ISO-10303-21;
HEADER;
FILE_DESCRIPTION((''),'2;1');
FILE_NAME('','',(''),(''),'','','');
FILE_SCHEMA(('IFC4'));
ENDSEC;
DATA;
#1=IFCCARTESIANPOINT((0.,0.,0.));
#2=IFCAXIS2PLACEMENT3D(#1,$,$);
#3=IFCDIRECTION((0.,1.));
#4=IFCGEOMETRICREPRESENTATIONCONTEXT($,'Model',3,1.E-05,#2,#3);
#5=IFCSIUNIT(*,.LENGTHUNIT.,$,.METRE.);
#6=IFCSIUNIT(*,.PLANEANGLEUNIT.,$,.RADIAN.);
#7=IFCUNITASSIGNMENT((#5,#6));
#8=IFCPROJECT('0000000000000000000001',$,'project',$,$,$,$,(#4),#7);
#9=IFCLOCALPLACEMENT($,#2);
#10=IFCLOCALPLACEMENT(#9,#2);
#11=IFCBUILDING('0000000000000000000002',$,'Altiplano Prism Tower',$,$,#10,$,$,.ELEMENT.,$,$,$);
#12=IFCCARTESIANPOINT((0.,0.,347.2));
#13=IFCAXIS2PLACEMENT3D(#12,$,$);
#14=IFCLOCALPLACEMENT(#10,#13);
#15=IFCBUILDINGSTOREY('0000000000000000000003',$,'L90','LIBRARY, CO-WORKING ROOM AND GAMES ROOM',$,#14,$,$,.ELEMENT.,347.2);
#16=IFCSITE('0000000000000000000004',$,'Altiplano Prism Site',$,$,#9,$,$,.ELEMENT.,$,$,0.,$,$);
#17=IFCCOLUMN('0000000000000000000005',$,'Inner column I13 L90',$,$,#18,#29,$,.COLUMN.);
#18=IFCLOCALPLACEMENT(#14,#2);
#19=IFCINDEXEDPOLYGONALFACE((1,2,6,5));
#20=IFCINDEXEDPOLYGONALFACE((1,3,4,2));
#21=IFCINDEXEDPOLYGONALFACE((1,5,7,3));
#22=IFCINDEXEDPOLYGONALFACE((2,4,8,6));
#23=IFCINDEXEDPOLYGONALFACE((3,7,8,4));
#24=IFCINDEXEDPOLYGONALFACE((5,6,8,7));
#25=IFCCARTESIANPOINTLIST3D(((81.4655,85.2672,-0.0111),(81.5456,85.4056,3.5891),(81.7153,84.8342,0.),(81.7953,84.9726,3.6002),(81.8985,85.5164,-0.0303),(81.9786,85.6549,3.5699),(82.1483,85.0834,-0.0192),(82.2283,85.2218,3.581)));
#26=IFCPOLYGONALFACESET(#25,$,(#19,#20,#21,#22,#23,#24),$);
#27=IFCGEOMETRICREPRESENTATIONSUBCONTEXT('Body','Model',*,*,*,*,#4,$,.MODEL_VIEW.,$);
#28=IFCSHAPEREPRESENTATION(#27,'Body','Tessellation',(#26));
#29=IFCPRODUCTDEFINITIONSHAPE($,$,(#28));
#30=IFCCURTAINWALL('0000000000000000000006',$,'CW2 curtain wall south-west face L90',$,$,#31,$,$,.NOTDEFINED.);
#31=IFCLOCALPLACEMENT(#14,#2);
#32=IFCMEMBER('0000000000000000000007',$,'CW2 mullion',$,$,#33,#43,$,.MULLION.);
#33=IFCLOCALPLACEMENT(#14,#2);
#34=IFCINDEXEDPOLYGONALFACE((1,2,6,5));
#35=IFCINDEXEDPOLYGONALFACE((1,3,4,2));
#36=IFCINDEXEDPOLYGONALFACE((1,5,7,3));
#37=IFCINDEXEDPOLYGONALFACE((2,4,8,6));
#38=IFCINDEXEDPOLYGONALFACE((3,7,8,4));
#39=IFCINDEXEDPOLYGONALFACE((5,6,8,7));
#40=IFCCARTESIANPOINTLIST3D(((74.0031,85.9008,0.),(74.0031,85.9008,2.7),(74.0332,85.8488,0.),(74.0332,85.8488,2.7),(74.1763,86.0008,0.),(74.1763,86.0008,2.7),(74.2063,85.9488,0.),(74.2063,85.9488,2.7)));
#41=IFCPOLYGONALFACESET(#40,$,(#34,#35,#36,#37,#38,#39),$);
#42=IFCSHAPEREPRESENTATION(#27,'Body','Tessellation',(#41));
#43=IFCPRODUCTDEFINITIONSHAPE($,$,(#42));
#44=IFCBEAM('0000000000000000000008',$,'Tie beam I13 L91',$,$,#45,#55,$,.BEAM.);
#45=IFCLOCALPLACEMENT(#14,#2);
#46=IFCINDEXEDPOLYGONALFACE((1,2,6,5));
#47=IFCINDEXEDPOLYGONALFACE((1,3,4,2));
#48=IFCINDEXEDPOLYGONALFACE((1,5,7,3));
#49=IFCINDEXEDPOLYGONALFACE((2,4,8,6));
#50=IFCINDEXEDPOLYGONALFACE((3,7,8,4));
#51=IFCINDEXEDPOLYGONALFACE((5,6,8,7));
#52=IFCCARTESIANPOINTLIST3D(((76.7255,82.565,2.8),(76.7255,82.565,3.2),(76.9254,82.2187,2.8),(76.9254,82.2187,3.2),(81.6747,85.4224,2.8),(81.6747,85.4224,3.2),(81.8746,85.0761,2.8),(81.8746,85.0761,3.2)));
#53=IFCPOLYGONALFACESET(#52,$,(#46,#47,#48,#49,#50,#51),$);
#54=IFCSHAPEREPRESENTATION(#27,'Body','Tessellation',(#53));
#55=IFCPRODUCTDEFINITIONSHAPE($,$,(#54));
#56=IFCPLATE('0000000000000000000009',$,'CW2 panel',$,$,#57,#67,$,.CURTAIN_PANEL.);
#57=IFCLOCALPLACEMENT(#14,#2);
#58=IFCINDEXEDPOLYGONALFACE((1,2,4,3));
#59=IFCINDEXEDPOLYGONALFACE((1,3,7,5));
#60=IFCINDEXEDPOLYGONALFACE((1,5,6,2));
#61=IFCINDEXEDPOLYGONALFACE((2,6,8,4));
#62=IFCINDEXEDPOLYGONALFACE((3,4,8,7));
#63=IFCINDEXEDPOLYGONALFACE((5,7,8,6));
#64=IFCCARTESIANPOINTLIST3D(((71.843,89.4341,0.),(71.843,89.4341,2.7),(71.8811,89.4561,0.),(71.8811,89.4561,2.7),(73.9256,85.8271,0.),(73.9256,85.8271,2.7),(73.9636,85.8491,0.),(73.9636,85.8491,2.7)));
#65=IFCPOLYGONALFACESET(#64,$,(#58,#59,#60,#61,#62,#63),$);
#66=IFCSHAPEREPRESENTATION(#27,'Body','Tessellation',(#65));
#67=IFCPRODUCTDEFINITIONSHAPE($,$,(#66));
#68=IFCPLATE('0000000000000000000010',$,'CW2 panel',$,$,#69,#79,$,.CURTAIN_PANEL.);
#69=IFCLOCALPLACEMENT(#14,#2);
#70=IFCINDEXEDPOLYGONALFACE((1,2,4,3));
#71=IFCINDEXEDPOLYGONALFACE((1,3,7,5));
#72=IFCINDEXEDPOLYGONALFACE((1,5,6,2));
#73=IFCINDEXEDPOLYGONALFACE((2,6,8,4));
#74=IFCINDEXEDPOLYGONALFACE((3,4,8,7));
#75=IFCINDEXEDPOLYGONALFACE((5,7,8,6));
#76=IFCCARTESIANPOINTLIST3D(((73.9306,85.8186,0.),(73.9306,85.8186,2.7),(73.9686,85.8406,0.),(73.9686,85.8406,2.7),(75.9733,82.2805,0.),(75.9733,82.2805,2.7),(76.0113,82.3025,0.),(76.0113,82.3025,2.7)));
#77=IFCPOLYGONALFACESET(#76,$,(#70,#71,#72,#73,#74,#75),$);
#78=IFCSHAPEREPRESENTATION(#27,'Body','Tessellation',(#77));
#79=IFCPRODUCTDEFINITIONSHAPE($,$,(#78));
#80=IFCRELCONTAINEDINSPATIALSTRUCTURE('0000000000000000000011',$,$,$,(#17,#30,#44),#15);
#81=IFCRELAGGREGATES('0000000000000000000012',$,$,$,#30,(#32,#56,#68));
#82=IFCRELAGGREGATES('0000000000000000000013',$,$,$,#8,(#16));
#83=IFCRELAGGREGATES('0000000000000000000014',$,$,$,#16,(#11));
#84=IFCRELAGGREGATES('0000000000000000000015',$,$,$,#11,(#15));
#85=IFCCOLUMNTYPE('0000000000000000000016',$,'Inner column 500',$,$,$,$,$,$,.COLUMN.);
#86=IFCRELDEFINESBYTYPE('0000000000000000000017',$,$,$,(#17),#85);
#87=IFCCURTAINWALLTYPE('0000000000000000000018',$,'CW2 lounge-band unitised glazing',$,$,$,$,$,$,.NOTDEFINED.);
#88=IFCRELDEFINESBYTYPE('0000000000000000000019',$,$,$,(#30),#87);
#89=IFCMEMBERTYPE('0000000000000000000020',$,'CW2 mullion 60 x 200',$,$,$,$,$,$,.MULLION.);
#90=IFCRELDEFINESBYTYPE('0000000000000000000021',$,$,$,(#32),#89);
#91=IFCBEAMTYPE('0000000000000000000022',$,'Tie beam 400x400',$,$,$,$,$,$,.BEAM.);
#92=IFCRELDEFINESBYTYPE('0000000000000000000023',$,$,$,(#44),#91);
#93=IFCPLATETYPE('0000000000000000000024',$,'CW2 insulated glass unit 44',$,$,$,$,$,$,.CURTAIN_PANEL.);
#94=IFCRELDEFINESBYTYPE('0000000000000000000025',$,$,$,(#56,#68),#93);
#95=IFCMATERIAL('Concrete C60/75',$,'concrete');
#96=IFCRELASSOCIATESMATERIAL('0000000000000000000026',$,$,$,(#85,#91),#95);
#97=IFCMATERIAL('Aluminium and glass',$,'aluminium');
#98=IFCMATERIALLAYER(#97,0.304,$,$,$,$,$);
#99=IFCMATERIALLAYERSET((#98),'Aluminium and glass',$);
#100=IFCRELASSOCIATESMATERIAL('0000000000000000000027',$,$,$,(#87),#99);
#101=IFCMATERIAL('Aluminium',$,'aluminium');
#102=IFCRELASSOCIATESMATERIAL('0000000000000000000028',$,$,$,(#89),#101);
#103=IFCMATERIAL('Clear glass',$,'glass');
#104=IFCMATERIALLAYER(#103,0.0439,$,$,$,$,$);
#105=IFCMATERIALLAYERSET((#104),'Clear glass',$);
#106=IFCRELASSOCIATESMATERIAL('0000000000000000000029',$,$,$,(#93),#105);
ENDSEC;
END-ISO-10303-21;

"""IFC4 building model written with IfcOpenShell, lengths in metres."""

from ifc_helpers import new_model, si_unit, direction, frame, origin, origin_2d, place, context, subcontext, project, spatial, rectangle, extrude, material, layer, layer_set, material_profile, profile_set, type_object, element, aggregate, save


model = new_model("IFC4")

# Units and contexts
model_context = context("Model", 3, precision=1e-05, world=origin(), true_north=direction((0.0, 1.0)))
body_context = subcontext(model_context, "Body", "Model", "MODEL_VIEW")
ifc_project = project(units=[si_unit("LENGTHUNIT", "METRE"), si_unit("PLANEANGLEUNIT", "RADIAN")], contexts=[model_context])

# Site, building, storey
site_placement = place(None, origin())
site = spatial("IfcSite", under=ifc_project, at=site_placement, Name="Altiplano Prism Site", CompositionType="ELEMENT", RefElevation=0.0)
building_placement = place(site_placement, origin())
building = spatial("IfcBuilding", under=site, at=building_placement, Name="Altiplano Prism Tower", CompositionType="ELEMENT")
storey_placement = place(building_placement, frame((0.0, 0.0, 347.2)))
storey = spatial("IfcBuildingStorey", under=building, at=storey_placement, Name="L90", Description="LIBRARY, CO-WORKING ROOM AND GAMES ROOM", CompositionType="ELEMENT", Elevation=347.2)

# Column
ifc_material_1 = material(Name="Concrete C60/75", Category="concrete")
ifc_material_profile_1 = material_profile(ifc_material_1, rectangle(XDim=0.5, YDim=0.5, at=origin_2d()), Name="Inner column 500")
ifc_profile_set_1 = profile_set([ifc_material_profile_1], Name="Concrete C60/75")
column_type = type_object("IfcColumnType", Name="Inner column 500", PredefinedType="COLUMN", material=ifc_profile_set_1)
column_placement = place(storey_placement, frame((81.8069, 85.1753, -0.0151), z_axis=(0.022221, 0.038413, 0.999015), x_axis=(-0.866024, -0.498523, 0.038432)))
element("IfcColumn", 1, at=column_placement, inside=storey, type_object=column_type, Name="Inner column I13 L90", PredefinedType="COLUMN", context=body_context, shape_type="SweptSolid", body=[
    extrude(rectangle(XDim=0.5, YDim=0.5, at=origin_2d()), origin(), (0.0, 0.0, 1.0), 3.6038),
])

# Curtain wall, member
ifc_material_2 = material(Name="Aluminium and glass", Category="aluminium")
ifc_layer_1 = layer(ifc_material_2, 0.304)
ifc_layer_set_1 = layer_set([ifc_layer_1], Name="Aluminium and glass")
curtain_wall_type = type_object("IfcCurtainWallType", Name="CW2 lounge-band unitised glazing", PredefinedType="NOTDEFINED", material=ifc_layer_set_1)
curtain_wall_placement = place(storey_placement, origin())
curtain_wall = element("IfcCurtainWall", 2, at=curtain_wall_placement, inside=storey, type_object=curtain_wall_type, Name="CW2 curtain wall south-west face L90", PredefinedType="NOTDEFINED")
ifc_material_3 = material(Name="Aluminium", Category="aluminium")
ifc_material_profile_2 = material_profile(ifc_material_3, rectangle(XDim=0.2, YDim=0.0601, at=origin_2d()), Name="CW2 mullion 60 x 200")
ifc_profile_set_2 = profile_set([ifc_material_profile_2], Name="Aluminium")
member_type = type_object("IfcMemberType", Name="CW2 mullion 60 x 200", PredefinedType="MULLION", material=ifc_profile_set_2)
member_placement = place(storey_placement, frame((74.1047, 85.9248, 0.0), z_axis=(0.0, 0.0, 1.0), x_axis=(0.866025, 0.5, 0.0)))
member = element("IfcMember", 3, at=member_placement, type_object=member_type, Name="CW2 mullion", PredefinedType="MULLION", context=body_context, shape_type="SweptSolid", body=[
    extrude(rectangle(XDim=0.2, YDim=0.0601, at=origin_2d()), origin(), (0.0, 0.0, 1.0), 2.7),
])

# Beam
ifc_material_profile_3 = material_profile(ifc_material_1, rectangle(XDim=0.3999, YDim=0.3999, at=origin_2d()), Name="Tie beam 400x400")
ifc_profile_set_3 = profile_set([ifc_material_profile_3], Name="Concrete C60/75")
beam_type = type_object("IfcBeamType", Name="Tie beam 400x400", PredefinedType="BEAM", material=ifc_profile_set_3)
beam_placement = place(storey_placement, frame((81.7747, 85.2493, 3.0), z_axis=(-0.866026, -0.499999, 0.0), x_axis=(0.499999, -0.866026, 0.0)))
element("IfcBeam", 4, at=beam_placement, inside=storey, type_object=beam_type, Name="Tie beam I13 L91", PredefinedType="BEAM", context=body_context, shape_type="SweptSolid", body=[
    extrude(rectangle(XDim=0.3999, YDim=0.3999, at=origin_2d()), origin(), (0.0, 0.0, 1.0), 5.7148),
])

# Plates
ifc_material_4 = material(Name="Clear glass", Category="glass")
ifc_layer_2 = layer(ifc_material_4, 0.0439)
ifc_layer_set_2 = layer_set([ifc_layer_2], Name="Clear glass")
plate_type = type_object("IfcPlateType", Name="CW2 insulated glass unit 44", PredefinedType="CURTAIN_PANEL", material=ifc_layer_set_2)
plate_1_placement = place(storey_placement, frame((72.9033, 87.6416, 0.0), z_axis=(0.0, 0.0, 1.0), x_axis=(0.5, -0.866025, 0.0)))
plate_1 = element("IfcPlate", 5, at=plate_1_placement, type_object=plate_type, Name="CW2 panel", PredefinedType="CURTAIN_PANEL", context=body_context, shape_type="SweptSolid", body=[
    extrude(rectangle(XDim=4.165, YDim=0.0439, at=origin_2d()), origin(), (0.0, 0.0, 1.0), 2.7),
])
plate_2_placement = place(storey_placement, frame((74.9709, 84.0605, 0.0), z_axis=(0.0, 0.0, 1.0), x_axis=(0.5, -0.866025, 0.0)))
plate_2 = element("IfcPlate", 6, at=plate_2_placement, type_object=plate_type, Name="CW2 panel", PredefinedType="CURTAIN_PANEL", context=body_context, shape_type="SweptSolid", body=[
    extrude(rectangle(XDim=4.0854, YDim=0.0439, at=origin_2d()), origin(), (0.0, 0.0, 1.0), 2.7),
])
aggregate(curtain_wall, [member, plate_1, plate_2])

save(model, "model.ifc")
